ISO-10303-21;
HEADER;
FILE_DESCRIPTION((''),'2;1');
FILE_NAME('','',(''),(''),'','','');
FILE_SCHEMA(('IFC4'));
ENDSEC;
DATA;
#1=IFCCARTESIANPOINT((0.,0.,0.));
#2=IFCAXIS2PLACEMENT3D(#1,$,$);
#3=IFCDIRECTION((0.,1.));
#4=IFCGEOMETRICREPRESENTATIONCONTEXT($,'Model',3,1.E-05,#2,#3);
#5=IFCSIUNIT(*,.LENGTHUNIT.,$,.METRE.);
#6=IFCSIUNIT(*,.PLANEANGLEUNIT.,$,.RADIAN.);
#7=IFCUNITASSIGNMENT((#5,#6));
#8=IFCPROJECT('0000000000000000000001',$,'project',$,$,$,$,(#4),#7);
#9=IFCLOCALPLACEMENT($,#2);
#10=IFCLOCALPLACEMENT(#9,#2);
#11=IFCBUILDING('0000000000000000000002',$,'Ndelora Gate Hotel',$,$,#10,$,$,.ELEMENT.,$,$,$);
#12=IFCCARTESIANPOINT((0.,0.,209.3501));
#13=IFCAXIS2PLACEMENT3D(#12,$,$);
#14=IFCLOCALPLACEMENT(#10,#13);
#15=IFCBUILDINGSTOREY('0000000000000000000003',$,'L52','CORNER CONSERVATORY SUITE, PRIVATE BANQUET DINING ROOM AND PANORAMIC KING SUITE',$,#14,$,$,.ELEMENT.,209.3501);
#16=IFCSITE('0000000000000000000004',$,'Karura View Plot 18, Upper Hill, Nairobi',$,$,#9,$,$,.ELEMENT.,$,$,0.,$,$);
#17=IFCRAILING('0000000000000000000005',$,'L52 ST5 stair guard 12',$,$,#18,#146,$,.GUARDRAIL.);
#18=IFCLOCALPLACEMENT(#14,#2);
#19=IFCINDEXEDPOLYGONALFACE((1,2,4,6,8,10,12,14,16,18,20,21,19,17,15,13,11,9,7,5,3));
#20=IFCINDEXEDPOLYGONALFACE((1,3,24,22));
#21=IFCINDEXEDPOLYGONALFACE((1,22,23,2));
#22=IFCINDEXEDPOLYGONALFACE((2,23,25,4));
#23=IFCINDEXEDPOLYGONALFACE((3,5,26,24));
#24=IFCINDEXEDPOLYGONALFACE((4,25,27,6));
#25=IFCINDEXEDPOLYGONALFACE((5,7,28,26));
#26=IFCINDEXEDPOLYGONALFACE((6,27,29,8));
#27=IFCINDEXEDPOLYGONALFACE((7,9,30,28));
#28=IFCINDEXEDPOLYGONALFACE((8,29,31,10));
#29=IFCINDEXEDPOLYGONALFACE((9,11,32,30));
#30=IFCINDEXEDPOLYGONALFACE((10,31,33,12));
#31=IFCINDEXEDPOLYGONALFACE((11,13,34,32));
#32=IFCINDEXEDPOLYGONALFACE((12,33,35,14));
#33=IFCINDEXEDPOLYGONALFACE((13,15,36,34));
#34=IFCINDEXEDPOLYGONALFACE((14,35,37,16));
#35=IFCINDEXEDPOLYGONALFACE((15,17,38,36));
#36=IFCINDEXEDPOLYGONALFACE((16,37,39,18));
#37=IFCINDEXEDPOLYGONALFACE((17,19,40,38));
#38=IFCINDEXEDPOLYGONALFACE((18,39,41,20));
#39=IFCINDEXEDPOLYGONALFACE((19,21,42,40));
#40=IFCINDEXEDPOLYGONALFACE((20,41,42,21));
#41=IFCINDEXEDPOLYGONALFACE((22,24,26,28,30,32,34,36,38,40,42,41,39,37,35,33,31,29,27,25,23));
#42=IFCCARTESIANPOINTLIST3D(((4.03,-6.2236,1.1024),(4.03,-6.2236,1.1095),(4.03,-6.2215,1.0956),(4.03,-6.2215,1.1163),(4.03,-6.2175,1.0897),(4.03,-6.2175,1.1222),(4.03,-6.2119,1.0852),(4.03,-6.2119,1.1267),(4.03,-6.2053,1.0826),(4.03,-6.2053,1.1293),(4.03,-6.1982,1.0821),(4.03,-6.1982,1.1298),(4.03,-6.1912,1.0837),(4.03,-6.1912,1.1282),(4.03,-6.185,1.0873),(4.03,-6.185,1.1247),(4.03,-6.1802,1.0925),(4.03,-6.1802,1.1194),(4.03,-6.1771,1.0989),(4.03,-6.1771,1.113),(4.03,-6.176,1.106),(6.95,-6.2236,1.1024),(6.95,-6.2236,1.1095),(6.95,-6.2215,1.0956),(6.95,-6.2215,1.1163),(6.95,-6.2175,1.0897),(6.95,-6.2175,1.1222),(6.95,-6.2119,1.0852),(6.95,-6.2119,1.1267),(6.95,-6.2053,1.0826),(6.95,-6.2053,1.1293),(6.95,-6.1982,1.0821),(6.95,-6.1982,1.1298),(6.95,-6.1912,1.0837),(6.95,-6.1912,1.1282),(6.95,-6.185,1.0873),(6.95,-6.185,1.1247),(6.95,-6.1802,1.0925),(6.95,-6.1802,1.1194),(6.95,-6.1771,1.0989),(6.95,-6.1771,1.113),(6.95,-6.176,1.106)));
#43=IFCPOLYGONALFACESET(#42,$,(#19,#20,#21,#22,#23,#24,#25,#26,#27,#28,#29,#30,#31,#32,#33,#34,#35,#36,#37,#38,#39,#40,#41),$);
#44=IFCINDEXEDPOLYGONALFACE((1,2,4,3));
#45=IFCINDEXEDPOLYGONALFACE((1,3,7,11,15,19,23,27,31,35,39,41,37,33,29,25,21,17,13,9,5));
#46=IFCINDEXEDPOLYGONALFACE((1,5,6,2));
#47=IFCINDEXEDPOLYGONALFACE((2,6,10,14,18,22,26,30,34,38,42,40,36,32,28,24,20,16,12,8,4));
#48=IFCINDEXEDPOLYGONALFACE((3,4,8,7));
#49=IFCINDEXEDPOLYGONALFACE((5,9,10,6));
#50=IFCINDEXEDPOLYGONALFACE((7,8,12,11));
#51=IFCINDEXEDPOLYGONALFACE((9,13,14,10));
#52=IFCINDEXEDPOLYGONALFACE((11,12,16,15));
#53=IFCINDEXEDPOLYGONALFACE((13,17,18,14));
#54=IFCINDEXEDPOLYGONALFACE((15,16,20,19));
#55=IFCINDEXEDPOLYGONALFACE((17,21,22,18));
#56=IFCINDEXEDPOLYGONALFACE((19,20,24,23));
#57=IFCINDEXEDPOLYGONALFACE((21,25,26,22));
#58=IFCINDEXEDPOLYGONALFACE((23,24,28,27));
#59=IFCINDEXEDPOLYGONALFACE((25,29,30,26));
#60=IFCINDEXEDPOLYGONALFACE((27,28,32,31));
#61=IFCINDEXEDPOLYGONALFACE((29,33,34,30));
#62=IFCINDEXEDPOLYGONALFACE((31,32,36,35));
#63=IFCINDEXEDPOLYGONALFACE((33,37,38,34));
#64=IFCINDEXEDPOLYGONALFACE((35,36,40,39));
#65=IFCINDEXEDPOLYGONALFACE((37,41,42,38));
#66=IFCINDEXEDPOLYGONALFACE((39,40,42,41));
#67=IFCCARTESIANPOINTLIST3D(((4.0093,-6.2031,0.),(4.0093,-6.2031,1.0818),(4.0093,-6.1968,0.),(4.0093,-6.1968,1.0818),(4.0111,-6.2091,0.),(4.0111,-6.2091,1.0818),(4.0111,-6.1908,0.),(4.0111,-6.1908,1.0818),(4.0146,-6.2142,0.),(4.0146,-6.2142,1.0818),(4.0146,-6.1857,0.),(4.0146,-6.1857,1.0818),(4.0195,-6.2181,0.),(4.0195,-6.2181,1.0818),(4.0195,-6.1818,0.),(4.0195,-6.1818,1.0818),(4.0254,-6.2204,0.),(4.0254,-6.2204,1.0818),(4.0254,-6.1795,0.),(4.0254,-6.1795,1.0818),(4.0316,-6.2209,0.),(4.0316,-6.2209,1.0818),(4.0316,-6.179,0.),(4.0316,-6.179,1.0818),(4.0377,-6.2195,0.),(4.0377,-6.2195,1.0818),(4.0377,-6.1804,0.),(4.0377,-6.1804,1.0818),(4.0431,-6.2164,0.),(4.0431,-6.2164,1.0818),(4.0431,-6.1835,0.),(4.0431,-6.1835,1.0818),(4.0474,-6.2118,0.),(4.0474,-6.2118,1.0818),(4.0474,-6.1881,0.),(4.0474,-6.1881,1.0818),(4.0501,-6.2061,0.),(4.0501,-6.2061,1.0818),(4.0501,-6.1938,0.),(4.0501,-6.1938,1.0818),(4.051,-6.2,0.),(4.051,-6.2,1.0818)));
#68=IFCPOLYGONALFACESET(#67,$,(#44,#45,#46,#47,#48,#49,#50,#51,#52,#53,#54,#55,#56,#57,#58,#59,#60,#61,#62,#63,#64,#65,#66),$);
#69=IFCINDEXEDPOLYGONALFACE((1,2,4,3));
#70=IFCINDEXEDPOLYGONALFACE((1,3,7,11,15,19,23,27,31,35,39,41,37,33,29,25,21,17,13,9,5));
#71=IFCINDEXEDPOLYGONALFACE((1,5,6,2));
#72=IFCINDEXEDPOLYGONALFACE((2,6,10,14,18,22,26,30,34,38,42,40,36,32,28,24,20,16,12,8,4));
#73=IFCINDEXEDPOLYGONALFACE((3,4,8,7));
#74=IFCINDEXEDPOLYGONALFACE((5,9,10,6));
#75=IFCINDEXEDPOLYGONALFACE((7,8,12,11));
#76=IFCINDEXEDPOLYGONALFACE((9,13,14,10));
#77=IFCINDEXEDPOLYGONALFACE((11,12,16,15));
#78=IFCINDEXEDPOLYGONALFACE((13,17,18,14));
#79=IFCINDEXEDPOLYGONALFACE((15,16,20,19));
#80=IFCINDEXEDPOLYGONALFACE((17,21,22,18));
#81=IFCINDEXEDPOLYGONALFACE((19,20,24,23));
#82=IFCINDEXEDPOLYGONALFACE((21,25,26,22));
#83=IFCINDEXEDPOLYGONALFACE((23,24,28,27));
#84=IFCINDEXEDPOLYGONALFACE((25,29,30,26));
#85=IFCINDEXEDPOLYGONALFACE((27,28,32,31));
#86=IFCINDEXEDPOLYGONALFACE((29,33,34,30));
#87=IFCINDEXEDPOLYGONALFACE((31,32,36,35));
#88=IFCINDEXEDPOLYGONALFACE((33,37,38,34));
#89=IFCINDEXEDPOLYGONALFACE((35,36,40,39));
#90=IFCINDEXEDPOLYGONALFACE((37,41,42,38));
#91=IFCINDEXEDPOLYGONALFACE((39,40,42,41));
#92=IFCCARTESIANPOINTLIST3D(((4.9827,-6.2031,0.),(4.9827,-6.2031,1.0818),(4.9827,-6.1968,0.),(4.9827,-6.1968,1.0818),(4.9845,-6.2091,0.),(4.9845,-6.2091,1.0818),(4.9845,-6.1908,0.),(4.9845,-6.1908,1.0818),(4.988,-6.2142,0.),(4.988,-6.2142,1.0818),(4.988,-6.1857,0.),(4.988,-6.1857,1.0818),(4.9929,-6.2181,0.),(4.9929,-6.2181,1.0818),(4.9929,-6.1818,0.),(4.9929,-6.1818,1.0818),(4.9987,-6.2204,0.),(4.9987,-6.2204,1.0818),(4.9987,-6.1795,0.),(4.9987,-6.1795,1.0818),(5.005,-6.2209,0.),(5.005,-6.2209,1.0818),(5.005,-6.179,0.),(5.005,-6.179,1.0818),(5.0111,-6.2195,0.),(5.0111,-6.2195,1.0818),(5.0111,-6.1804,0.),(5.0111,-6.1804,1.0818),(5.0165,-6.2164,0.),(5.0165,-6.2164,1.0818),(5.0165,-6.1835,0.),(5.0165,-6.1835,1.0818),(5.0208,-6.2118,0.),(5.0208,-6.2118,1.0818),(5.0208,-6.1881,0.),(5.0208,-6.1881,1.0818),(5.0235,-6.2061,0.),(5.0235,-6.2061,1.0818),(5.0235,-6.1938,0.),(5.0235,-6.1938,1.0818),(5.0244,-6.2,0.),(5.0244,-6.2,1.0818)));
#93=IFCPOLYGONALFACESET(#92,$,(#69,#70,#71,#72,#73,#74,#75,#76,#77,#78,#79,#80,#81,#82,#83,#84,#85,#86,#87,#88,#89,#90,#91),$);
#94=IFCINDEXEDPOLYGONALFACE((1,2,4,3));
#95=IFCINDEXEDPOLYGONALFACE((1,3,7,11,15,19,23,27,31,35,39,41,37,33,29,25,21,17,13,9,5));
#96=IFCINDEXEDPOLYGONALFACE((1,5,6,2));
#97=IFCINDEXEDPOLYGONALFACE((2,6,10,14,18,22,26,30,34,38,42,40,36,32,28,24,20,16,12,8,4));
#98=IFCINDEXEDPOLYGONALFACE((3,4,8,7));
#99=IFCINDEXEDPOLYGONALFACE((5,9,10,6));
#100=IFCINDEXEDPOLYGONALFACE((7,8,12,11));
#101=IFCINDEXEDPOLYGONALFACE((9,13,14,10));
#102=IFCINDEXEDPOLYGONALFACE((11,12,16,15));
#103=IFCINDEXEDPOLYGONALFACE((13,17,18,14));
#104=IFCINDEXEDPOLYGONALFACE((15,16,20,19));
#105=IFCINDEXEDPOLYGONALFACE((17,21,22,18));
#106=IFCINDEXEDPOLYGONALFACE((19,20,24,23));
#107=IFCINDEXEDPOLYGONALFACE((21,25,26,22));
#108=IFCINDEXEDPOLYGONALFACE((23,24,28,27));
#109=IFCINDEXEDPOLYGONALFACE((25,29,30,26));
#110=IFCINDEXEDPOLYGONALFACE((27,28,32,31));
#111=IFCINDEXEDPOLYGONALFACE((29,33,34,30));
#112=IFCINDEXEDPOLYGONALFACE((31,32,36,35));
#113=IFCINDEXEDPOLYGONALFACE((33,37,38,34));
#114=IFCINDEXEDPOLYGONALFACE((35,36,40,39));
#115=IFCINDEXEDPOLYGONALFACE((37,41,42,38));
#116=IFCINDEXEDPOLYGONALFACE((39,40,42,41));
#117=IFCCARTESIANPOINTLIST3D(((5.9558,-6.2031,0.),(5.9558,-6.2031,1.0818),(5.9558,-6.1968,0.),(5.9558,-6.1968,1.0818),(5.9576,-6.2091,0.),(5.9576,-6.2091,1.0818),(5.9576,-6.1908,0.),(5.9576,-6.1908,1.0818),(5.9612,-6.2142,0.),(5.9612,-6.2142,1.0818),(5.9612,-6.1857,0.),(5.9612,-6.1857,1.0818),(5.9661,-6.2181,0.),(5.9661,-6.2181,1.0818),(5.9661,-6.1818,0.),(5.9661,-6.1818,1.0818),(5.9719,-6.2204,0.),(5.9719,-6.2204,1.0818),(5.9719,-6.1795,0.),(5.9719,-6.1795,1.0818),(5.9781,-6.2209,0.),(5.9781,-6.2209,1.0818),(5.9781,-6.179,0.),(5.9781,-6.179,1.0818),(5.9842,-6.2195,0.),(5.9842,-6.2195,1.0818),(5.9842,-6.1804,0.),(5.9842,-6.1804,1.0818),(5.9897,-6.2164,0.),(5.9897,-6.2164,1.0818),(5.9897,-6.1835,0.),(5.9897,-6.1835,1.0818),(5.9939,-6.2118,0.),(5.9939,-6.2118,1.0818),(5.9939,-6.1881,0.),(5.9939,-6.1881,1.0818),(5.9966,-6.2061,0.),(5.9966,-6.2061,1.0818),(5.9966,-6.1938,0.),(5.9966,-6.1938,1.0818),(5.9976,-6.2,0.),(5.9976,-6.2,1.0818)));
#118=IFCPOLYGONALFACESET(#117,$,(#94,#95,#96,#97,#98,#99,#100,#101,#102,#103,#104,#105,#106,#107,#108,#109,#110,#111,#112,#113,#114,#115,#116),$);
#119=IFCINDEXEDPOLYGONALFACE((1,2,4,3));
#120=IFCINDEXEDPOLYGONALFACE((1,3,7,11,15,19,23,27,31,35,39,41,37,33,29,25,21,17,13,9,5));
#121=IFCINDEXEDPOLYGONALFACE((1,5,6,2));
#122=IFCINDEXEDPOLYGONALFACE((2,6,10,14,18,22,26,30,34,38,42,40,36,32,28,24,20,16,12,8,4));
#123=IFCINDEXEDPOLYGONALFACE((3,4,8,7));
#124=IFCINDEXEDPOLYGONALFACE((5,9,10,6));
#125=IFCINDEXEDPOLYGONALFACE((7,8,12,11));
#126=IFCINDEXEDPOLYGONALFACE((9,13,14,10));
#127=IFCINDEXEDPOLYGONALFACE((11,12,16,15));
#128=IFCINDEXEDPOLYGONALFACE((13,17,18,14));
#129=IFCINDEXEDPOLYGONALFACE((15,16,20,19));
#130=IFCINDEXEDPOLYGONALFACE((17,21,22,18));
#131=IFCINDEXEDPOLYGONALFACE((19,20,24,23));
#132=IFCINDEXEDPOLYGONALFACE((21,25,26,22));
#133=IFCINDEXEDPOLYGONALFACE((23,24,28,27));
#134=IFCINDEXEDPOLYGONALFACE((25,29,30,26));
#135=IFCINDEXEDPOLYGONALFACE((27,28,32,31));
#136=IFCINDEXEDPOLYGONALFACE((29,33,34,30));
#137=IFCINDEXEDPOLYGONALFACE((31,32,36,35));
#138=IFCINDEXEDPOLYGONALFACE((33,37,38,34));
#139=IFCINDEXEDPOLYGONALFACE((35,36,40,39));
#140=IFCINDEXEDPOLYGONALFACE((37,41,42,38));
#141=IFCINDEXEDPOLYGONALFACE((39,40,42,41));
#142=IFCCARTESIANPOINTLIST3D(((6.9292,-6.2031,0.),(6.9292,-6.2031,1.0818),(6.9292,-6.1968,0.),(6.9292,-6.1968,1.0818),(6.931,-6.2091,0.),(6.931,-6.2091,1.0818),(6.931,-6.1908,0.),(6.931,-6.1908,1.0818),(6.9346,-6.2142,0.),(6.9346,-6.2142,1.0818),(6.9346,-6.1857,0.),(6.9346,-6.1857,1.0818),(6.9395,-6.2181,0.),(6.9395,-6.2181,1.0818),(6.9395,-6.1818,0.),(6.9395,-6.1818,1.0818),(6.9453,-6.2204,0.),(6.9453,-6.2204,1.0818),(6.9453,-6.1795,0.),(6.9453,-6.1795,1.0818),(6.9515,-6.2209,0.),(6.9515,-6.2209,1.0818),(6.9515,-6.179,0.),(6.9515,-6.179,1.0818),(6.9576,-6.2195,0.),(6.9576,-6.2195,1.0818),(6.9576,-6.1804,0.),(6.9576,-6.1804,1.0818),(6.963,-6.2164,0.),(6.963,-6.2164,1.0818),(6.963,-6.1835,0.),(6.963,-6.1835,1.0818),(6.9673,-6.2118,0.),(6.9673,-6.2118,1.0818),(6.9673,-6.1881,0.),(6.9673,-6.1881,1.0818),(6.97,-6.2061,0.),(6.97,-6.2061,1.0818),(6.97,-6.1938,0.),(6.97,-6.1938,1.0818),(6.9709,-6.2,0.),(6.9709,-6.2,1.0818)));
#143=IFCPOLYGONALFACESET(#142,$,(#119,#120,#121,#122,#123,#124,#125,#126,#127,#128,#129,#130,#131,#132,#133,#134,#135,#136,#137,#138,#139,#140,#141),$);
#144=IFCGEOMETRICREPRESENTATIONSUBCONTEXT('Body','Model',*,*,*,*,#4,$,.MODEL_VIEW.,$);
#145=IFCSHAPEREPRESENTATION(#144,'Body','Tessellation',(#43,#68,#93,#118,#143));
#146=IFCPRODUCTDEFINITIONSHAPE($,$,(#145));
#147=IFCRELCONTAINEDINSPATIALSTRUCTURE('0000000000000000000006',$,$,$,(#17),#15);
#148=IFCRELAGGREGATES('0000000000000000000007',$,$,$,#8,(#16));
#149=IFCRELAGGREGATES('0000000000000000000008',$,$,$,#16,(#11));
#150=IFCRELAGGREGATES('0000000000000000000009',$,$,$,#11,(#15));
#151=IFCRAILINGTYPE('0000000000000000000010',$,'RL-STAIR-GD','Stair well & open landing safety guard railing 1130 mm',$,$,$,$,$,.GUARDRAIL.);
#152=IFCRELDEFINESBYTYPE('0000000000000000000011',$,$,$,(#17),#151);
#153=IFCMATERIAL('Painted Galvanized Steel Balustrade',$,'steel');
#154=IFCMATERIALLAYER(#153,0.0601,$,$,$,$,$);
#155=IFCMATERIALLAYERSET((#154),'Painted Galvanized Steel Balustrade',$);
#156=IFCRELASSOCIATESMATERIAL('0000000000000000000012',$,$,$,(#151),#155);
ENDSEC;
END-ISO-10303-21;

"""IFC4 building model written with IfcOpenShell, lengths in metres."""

from ifc_helpers import new_model, si_unit, direction, frame, origin, origin_2d, place, context, subcontext, project, spatial, circle, extrude, material, layer, layer_set, type_object, element, save


model = new_model("IFC4")

# Units and contexts
model_context = context("Model", 3, precision=1e-05, world=origin(), true_north=direction((0.0, 1.0)))
body_context = subcontext(model_context, "Body", "Model", "MODEL_VIEW")
ifc_project = project(units=[si_unit("LENGTHUNIT", "METRE"), si_unit("PLANEANGLEUNIT", "RADIAN")], contexts=[model_context])

# Site, building, storey
site_placement = place(None, origin())
site = spatial("IfcSite", under=ifc_project, at=site_placement, Name="Karura View Plot 18, Upper Hill, Nairobi", CompositionType="ELEMENT", RefElevation=0.0)
building_placement = place(site_placement, origin())
building = spatial("IfcBuilding", under=site, at=building_placement, Name="Ndelora Gate Hotel", CompositionType="ELEMENT")
storey_placement = place(building_placement, frame((0.0, 0.0, 209.3501)))
storey = spatial("IfcBuildingStorey", under=building, at=storey_placement, Name="L52", Description="CORNER CONSERVATORY SUITE, PRIVATE BANQUET DINING ROOM AND PANORAMIC KING SUITE", CompositionType="ELEMENT", Elevation=209.3501)

# Railing
ifc_material_1 = material(Name="Painted Galvanized Steel Balustrade", Category="steel")
ifc_layer_1 = layer(ifc_material_1, 0.0601)
ifc_layer_set_1 = layer_set([ifc_layer_1], Name="Painted Galvanized Steel Balustrade")
railing_type = type_object("IfcRailingType", Name="RL-STAIR-GD", Description="Stair well & open landing safety guard railing 1130 mm", PredefinedType="GUARDRAIL", material=ifc_layer_set_1)
railing_1_placement = place(storey_placement, frame((4.03, -6.2, 0.0)))
element("IfcRailing", 1, at=railing_1_placement, inside=storey, type_object=railing_type, Name="L52 ST5 stair guard 12", PredefinedType="GUARDRAIL", context=body_context, shape_type="SweptSolid", body=[
    extrude(circle(Radius=0.0239, at=origin_2d()), frame((0.0, 0.0, 1.106), z_axis=(1.0, 0.0, 0.0), x_axis=(0.0, 1.0, 0.0)), (0.0, 0.0, 1.0), 2.9199),
    extrude(circle(Radius=0.021, at=origin_2d()), origin(), (0.0, 0.0, 1.0), 1.0818),
    extrude(circle(Radius=0.021, at=origin_2d()), frame((0.9734, 0.0, 0.0)), (0.0, 0.0, 1.0), 1.0818),
    extrude(circle(Radius=0.021, at=origin_2d()), frame((1.9465, 0.0, 0.0)), (0.0, 0.0, 1.0), 1.0818),
    extrude(circle(Radius=0.021, at=origin_2d()), frame((2.9199, 0.0, 0.0)), (0.0, 0.0, 1.0), 1.0818),
])

save(model, "model.ifc")
